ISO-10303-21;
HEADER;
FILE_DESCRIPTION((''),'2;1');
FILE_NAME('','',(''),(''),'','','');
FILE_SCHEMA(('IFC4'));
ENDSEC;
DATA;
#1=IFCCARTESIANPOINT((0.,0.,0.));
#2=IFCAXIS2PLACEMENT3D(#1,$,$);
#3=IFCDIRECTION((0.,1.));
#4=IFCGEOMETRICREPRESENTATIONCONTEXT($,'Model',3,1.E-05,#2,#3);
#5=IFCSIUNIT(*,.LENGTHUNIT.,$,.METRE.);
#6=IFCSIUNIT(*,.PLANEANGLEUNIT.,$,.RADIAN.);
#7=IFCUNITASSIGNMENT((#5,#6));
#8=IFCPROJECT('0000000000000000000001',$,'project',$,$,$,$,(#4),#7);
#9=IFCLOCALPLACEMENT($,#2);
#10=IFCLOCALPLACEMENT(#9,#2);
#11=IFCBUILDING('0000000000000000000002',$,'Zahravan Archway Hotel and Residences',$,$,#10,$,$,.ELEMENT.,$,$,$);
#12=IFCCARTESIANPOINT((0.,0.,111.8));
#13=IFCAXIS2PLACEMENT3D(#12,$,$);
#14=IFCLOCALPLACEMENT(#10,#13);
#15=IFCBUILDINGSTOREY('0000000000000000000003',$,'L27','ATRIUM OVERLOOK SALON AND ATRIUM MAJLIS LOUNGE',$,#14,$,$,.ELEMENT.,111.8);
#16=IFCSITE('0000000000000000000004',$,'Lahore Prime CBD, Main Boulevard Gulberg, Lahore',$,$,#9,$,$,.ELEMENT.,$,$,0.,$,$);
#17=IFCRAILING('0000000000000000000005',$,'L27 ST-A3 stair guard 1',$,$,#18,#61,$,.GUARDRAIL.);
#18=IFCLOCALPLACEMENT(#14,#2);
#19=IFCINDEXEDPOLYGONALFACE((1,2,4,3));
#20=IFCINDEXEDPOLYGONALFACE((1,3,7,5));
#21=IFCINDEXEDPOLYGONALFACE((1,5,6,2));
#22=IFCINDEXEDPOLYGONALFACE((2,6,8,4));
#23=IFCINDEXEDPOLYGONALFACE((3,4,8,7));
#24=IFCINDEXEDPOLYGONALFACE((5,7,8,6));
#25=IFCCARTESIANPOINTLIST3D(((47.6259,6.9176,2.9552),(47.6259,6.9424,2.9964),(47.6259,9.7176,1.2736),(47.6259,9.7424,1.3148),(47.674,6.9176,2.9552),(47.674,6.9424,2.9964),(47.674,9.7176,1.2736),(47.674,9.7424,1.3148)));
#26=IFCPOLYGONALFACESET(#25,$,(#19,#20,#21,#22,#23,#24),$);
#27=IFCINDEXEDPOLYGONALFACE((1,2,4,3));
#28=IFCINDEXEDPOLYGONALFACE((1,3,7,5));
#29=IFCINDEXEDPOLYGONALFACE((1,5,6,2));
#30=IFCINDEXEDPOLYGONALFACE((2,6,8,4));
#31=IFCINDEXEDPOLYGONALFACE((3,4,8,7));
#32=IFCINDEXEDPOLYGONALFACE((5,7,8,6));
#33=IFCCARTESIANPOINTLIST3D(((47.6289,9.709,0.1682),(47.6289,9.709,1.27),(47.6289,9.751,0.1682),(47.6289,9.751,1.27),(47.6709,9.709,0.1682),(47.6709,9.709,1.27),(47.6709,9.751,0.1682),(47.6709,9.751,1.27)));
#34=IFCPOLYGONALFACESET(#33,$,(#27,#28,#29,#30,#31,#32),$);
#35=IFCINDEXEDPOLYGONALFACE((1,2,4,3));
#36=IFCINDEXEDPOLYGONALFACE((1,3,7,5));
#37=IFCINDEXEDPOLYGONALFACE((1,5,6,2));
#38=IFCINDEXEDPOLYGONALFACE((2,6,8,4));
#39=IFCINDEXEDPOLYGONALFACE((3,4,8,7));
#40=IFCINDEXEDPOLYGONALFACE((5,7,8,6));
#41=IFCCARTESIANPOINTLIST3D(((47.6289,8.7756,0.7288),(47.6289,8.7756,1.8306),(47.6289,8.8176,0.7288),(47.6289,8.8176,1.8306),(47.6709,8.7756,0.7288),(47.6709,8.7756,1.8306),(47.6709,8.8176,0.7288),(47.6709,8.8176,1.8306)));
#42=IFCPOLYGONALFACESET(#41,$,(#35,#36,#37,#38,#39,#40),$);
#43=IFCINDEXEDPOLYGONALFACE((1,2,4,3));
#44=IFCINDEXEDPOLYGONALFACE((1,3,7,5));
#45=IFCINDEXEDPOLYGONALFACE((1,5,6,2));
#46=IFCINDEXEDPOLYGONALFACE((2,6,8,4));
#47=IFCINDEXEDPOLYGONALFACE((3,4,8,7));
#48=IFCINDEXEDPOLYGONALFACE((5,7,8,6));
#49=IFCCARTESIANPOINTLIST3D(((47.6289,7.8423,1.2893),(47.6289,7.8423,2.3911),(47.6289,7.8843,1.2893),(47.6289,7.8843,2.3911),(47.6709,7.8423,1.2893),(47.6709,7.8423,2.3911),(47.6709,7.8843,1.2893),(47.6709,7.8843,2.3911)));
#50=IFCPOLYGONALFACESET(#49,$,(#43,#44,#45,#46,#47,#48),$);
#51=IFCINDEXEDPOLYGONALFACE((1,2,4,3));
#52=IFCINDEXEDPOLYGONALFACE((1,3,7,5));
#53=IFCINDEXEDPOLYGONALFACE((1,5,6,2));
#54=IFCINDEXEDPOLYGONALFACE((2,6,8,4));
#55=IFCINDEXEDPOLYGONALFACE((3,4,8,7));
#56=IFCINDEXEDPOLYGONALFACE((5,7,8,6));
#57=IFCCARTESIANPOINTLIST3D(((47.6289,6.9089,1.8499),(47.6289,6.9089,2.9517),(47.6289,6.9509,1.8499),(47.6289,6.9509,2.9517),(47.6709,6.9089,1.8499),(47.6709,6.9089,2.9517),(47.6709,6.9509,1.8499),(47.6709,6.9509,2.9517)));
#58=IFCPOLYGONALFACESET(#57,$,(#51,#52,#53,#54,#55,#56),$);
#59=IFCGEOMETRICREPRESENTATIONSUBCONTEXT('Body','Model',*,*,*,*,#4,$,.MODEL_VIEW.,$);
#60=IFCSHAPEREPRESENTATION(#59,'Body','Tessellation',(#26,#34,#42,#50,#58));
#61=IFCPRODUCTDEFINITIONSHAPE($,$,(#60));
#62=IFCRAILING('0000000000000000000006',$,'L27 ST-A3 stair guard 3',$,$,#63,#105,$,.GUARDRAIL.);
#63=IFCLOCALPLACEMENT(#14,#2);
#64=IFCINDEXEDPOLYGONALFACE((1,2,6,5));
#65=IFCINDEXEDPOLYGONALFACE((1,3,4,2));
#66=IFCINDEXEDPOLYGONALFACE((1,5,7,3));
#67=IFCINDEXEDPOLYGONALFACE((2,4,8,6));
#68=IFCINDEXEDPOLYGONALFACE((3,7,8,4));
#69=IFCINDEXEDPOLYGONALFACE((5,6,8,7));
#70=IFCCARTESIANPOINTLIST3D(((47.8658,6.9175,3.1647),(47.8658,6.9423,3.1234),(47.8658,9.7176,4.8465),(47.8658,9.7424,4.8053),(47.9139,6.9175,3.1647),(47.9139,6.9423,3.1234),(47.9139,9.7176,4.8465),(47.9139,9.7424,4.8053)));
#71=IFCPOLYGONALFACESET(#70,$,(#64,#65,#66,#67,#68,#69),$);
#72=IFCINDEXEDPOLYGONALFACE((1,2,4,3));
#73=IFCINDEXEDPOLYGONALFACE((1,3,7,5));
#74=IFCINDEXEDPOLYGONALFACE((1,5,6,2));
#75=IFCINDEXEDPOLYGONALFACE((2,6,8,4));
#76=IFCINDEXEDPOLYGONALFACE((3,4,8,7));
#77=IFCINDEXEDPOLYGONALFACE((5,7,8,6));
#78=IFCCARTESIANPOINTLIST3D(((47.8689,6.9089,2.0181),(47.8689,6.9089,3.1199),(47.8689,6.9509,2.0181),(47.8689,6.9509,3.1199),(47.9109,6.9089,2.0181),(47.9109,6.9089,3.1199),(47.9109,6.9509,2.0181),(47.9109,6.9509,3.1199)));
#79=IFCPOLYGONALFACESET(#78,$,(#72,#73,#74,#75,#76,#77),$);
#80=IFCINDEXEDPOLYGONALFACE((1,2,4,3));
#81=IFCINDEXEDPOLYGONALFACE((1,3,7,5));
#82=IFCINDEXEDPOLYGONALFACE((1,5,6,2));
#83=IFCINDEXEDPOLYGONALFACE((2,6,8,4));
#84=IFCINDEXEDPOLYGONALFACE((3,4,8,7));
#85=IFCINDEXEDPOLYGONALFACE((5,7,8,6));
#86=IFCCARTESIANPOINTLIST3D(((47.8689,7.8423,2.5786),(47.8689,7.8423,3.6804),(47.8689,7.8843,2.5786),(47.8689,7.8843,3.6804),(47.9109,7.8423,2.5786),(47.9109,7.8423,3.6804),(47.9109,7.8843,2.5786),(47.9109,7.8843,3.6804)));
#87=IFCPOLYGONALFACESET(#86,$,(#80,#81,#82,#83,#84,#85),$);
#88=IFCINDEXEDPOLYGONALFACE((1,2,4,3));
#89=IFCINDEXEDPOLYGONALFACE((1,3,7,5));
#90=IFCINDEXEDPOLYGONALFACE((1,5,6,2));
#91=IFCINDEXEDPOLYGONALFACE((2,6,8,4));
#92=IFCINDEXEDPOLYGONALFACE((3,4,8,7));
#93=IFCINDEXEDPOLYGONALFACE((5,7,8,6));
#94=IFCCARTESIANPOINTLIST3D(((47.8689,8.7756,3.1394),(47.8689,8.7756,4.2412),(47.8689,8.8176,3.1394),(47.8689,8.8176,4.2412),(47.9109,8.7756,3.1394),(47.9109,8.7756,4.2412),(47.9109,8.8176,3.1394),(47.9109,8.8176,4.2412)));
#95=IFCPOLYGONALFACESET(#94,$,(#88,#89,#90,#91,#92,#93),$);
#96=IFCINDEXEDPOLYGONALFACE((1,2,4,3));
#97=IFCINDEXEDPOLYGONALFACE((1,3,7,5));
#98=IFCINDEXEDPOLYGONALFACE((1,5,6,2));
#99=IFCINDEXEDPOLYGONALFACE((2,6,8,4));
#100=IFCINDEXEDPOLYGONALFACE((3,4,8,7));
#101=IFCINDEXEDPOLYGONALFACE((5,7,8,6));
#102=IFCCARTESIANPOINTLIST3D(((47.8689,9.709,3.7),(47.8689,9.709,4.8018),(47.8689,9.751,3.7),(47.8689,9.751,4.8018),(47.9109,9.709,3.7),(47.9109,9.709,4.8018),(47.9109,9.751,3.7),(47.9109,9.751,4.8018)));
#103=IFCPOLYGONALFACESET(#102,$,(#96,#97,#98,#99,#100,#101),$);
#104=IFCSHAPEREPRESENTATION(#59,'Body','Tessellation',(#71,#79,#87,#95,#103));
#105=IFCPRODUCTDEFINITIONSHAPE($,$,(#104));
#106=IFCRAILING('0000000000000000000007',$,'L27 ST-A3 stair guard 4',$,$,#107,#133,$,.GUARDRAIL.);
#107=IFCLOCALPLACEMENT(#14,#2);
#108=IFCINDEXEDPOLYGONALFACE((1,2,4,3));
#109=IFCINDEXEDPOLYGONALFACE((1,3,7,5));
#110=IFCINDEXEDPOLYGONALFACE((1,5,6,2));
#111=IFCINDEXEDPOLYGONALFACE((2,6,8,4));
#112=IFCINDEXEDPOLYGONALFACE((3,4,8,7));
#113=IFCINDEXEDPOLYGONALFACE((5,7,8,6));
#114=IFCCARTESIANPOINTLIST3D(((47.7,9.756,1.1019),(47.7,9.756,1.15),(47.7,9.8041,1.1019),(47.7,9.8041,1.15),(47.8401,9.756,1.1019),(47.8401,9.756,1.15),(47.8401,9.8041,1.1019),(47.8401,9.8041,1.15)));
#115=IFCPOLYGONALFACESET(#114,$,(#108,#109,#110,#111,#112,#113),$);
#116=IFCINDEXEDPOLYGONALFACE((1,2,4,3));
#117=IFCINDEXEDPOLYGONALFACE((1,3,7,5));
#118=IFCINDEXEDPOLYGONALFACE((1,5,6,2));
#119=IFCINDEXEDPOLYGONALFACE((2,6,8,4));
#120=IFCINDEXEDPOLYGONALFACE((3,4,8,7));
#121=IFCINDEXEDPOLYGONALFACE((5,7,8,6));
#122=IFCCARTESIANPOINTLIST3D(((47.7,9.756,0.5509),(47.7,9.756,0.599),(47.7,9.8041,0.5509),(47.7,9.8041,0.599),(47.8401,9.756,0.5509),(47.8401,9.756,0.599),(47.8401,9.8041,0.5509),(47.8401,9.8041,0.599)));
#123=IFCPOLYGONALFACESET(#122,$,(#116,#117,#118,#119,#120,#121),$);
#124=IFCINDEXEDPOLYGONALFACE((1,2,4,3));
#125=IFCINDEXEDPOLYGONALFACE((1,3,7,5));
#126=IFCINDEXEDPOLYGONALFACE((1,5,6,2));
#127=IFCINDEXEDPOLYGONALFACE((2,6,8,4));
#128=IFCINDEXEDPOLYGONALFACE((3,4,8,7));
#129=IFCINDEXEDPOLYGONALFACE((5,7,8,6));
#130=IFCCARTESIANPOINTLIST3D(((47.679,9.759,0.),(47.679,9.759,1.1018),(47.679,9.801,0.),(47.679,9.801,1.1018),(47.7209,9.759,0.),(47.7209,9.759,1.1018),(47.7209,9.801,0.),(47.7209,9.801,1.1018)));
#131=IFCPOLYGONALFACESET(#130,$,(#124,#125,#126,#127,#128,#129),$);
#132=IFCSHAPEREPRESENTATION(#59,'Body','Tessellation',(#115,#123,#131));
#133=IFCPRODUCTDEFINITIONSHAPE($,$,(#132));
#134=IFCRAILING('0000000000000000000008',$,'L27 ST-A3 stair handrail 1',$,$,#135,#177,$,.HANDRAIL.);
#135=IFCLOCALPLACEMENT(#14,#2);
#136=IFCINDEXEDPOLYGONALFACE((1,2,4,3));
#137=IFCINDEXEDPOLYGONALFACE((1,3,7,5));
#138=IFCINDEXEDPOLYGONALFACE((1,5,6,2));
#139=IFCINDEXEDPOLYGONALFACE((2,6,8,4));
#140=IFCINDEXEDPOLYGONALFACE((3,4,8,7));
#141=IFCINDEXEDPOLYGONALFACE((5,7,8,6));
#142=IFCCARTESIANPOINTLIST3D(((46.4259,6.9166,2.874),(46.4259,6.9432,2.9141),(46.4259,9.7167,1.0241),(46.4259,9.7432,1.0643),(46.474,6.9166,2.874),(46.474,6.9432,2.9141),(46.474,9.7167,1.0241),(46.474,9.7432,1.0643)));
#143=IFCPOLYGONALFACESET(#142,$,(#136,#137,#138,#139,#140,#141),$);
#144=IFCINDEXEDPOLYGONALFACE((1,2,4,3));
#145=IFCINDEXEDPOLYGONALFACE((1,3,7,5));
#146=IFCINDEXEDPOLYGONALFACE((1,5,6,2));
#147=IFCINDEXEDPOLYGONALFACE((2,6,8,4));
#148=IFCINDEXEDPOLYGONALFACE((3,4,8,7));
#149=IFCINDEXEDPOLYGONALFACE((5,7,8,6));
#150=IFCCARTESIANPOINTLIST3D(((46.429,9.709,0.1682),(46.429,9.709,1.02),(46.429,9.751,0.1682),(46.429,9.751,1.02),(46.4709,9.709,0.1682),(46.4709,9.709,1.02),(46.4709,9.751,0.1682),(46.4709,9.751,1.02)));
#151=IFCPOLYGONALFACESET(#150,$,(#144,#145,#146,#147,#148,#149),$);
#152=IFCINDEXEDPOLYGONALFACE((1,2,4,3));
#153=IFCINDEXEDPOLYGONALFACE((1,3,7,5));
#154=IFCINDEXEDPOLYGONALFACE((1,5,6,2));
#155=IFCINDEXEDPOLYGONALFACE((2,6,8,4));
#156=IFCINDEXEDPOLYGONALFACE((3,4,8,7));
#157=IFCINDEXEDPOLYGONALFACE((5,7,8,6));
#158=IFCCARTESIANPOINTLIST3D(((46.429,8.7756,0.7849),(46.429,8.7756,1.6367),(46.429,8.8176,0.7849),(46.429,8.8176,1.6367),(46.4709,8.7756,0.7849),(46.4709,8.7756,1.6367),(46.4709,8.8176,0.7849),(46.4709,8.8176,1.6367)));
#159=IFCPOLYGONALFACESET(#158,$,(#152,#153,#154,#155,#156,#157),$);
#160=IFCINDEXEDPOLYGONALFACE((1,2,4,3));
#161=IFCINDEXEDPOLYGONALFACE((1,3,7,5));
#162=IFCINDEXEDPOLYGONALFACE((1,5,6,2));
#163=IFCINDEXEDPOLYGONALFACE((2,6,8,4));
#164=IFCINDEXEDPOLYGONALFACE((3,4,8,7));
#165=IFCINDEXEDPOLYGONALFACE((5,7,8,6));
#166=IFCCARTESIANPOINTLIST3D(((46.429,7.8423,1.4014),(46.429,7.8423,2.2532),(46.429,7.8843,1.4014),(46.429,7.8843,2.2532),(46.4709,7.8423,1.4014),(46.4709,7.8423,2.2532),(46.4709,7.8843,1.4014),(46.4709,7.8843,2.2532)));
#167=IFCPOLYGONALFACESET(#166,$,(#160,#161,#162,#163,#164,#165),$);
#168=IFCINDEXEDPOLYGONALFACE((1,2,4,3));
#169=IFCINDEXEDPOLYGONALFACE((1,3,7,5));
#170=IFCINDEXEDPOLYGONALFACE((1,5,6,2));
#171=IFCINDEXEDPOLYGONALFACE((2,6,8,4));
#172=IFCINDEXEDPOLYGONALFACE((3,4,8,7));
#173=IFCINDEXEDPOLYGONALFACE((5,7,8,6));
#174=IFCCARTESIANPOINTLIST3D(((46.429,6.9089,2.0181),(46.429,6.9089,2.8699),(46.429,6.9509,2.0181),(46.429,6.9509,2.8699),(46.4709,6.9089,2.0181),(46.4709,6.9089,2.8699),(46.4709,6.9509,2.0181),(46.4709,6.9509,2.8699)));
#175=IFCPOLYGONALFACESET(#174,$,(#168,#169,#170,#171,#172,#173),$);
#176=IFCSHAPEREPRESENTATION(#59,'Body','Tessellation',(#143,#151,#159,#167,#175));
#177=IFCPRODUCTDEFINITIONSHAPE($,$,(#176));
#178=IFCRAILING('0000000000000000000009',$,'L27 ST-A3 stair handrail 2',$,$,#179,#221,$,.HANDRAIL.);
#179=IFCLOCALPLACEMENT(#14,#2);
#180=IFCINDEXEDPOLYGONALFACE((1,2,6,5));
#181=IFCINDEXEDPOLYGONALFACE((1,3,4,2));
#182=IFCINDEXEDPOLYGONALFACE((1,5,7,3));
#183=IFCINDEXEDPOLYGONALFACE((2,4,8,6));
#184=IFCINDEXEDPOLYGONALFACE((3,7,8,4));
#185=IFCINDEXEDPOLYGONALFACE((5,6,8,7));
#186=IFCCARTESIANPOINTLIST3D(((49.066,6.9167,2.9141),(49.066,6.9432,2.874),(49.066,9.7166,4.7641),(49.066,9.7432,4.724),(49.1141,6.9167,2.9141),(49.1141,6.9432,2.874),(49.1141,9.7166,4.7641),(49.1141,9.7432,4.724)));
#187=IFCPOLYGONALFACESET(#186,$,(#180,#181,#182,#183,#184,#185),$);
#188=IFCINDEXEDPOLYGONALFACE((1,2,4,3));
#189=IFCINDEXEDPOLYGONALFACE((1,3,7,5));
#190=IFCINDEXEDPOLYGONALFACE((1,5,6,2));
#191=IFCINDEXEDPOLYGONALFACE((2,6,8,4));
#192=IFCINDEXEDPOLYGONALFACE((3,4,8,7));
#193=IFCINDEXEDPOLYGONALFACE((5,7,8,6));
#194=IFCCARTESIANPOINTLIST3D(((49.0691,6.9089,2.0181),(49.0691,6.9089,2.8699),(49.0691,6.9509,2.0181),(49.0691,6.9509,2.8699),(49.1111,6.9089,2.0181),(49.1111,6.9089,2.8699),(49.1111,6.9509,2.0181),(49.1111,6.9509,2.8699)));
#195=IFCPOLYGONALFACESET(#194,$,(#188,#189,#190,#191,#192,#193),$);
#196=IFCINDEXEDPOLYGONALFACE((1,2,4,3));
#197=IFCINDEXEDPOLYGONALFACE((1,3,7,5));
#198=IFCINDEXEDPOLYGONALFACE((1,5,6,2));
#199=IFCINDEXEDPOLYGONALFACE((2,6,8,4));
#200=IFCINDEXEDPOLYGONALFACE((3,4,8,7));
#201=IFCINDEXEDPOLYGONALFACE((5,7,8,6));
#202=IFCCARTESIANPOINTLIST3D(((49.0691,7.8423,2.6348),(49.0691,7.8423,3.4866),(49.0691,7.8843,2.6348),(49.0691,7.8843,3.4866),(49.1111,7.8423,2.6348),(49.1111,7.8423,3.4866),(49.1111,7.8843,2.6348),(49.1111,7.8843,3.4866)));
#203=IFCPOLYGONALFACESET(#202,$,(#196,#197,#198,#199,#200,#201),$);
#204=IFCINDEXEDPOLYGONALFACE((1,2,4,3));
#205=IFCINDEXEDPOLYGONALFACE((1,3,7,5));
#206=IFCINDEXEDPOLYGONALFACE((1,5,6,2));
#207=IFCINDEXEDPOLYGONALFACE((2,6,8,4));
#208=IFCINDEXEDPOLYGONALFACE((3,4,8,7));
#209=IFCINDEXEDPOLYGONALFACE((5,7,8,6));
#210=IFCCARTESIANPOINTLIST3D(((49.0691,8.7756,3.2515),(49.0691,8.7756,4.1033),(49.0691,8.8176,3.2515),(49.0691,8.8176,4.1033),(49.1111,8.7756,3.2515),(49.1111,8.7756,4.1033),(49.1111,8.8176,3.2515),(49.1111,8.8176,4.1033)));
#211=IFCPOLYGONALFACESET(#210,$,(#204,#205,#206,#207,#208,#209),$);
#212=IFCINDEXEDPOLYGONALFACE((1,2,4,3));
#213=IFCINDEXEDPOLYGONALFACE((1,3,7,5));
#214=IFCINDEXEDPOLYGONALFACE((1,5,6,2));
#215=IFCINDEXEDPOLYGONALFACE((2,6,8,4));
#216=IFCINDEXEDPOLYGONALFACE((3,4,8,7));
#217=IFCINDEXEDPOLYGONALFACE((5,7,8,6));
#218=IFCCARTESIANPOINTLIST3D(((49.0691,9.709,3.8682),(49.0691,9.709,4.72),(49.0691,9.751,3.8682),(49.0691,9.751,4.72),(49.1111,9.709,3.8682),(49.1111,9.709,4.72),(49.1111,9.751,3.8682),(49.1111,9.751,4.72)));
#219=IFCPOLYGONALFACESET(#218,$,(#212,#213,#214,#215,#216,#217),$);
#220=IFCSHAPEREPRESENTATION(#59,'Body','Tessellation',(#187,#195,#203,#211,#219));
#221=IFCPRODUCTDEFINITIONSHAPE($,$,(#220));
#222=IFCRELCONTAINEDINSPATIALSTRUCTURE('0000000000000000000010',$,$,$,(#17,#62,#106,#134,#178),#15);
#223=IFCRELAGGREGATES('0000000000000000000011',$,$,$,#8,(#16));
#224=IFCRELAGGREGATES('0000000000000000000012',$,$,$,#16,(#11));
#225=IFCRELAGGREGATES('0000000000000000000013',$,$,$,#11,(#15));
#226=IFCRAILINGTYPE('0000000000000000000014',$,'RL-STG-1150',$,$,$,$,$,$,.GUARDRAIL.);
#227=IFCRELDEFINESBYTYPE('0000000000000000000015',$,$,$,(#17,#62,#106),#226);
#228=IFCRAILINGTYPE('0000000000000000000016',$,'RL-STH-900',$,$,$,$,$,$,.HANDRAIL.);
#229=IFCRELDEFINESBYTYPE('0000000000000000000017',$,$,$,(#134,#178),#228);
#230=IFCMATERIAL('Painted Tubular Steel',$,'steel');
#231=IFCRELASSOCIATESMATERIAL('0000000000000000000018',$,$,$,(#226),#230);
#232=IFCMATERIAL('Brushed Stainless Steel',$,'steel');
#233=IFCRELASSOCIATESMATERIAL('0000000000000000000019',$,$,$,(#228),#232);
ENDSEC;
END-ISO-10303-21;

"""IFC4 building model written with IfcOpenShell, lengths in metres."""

from ifc_helpers import new_model, si_unit, direction, frame, origin, origin_2d, place, context, subcontext, project, spatial, rectangle, extrude, material, type_object, element, save


model = new_model("IFC4")

# Units and contexts
model_context = context("Model", 3, precision=1e-05, world=origin(), true_north=direction((0.0, 1.0)))
body_context = subcontext(model_context, "Body", "Model", "MODEL_VIEW")
ifc_project = project(units=[si_unit("LENGTHUNIT", "METRE"), si_unit("PLANEANGLEUNIT", "RADIAN")], contexts=[model_context])

# Site, building, storey
site_placement = place(None, origin())
site = spatial("IfcSite", under=ifc_project, at=site_placement, Name="Lahore Prime CBD, Main Boulevard Gulberg, Lahore", CompositionType="ELEMENT", RefElevation=0.0)
building_placement = place(site_placement, origin())
building = spatial("IfcBuilding", under=site, at=building_placement, Name="Zahravan Archway Hotel and Residences", CompositionType="ELEMENT")
storey_placement = place(building_placement, frame((0.0, 0.0, 111.8)))
storey = spatial("IfcBuildingStorey", under=building, at=storey_placement, Name="L27", Description="ATRIUM OVERLOOK SALON AND ATRIUM MAJLIS LOUNGE", CompositionType="ELEMENT", Elevation=111.8)

# Railings
ifc_material_1 = material(Name="Painted Tubular Steel", Category="steel")
railing_type_1 = type_object("IfcRailingType", Name="RL-STG-1150", PredefinedType="GUARDRAIL", material=ifc_material_1)
railing_1_placement = place(storey_placement, frame((47.6499, 9.73, 0.1682)))
element("IfcRailing", 1, at=railing_1_placement, inside=storey, type_object=railing_type_1, Name="L27 ST-A3 stair guard 1", PredefinedType="GUARDRAIL", context=body_context, shape_type="SweptSolid", body=[
    extrude(rectangle(XDim=0.0481, YDim=0.0481, at=origin_2d()), frame((0.0, 0.0, 1.126), z_axis=(0.0, -0.857275, 0.514858), x_axis=(1.0, 0.0, 0.0)), (0.0, 0.0, 1.0), 3.2661),
    extrude(rectangle(XDim=0.042, YDim=0.042, at=origin_2d()), origin(), (0.0, 0.0, 1.0), 1.1018),
    extrude(rectangle(XDim=0.042, YDim=0.042, at=origin_2d()), frame((0.0, -0.9333, 0.5605)), (0.0, 0.0, 1.0), 1.1018),
    extrude(rectangle(XDim=0.042, YDim=0.042, at=origin_2d()), frame((0.0, -1.8667, 1.1211)), (0.0, 0.0, 1.0), 1.1018),
    extrude(rectangle(XDim=0.042, YDim=0.042, at=origin_2d()), frame((0.0, -2.8, 1.6816)), (0.0, 0.0, 1.0), 1.1018),
])
railing_2_placement = place(storey_placement, frame((47.8899, 6.9299, 2.0181)))
element("IfcRailing", 2, at=railing_2_placement, inside=storey, type_object=railing_type_1, Name="L27 ST-A3 stair guard 3", PredefinedType="GUARDRAIL", context=body_context, shape_type="SweptSolid", body=[
    extrude(rectangle(XDim=0.0481, YDim=0.0481, at=origin_2d()), frame((0.0, 0.0, 1.126), z_axis=(0.0, 0.857242, 0.514913), x_axis=(-1.0, 0.0, 0.0)), (0.0, 0.0, 1.0), 3.2664),
    extrude(rectangle(XDim=0.042, YDim=0.042, at=origin_2d()), origin(), (0.0, 0.0, 1.0), 1.1018),
    extrude(rectangle(XDim=0.042, YDim=0.042, at=origin_2d()), frame((0.0, 0.9333, 0.5605)), (0.0, 0.0, 1.0), 1.1018),
    extrude(rectangle(XDim=0.042, YDim=0.042, at=origin_2d()), frame((0.0, 1.8667, 1.1213)), (0.0, 0.0, 1.0), 1.1018),
    extrude(rectangle(XDim=0.042, YDim=0.042, at=origin_2d()), frame((0.0, 2.8, 1.6819)), (0.0, 0.0, 1.0), 1.1018),
])
railing_3_placement = place(storey_placement, frame((47.7, 9.78, 0.0)))
element("IfcRailing", 3, at=railing_3_placement, inside=storey, type_object=railing_type_1, Name="L27 ST-A3 stair guard 4", PredefinedType="GUARDRAIL", context=body_context, shape_type="SweptSolid", body=[
    extrude(rectangle(XDim=0.0481, YDim=0.0481, at=origin_2d()), frame((0.0, 0.0, 1.126), z_axis=(1.0, 0.0, 0.0), x_axis=(0.0, 1.0, 0.0)), (0.0, 0.0, 1.0), 0.1401),
    extrude(rectangle(XDim=0.0481, YDim=0.0481, at=origin_2d()), frame((0.0, 0.0, 0.575), z_axis=(1.0, 0.0, 0.0), x_axis=(0.0, 1.0, 0.0)), (0.0, 0.0, 1.0), 0.1401),
    extrude(rectangle(XDim=0.042, YDim=0.042, at=origin_2d()), origin(), (0.0, 0.0, 1.0), 1.1018),
])
ifc_material_2 = material(Name="Brushed Stainless Steel", Category="steel")
railing_type_2 = type_object("IfcRailingType", Name="RL-STH-900", PredefinedType="HANDRAIL", material=ifc_material_2)
railing_4_placement = place(storey_placement, frame((46.45, 9.73, 0.1682)))
element("IfcRailing", 4, at=railing_4_placement, inside=storey, type_object=railing_type_2, Name="L27 ST-A3 stair handrail 1", PredefinedType="HANDRAIL", context=body_context, shape_type="SweptSolid", body=[
    extrude(rectangle(XDim=0.0481, YDim=0.0481, at=origin_2d()), frame((0.0, 0.0, 0.876), z_axis=(0.0, -0.83436, 0.55122), x_axis=(1.0, 0.0, 0.0)), (0.0, 0.0, 1.0), 3.356),
    extrude(rectangle(XDim=0.042, YDim=0.042, at=origin_2d()), origin(), (0.0, 0.0, 1.0), 0.8518),
    extrude(rectangle(XDim=0.042, YDim=0.042, at=origin_2d()), frame((0.0, -0.9333, 0.6167)), (0.0, 0.0, 1.0), 0.8518),
    extrude(rectangle(XDim=0.042, YDim=0.042, at=origin_2d()), frame((0.0, -1.8667, 1.2332)), (0.0, 0.0, 1.0), 0.8518),
    extrude(rectangle(XDim=0.042, YDim=0.042, at=origin_2d()), frame((0.0, -2.8, 1.8499)), (0.0, 0.0, 1.0), 0.8518),
])
railing_5_placement = place(storey_placement, frame((49.0901, 6.9299, 2.0181)))
element("IfcRailing", 5, at=railing_5_placement, inside=storey, type_object=railing_type_2, Name="L27 ST-A3 stair handrail 2", PredefinedType="HANDRAIL", context=body_context, shape_type="SweptSolid", body=[
    extrude(rectangle(XDim=0.0481, YDim=0.0481, at=origin_2d()), frame((0.0, 0.0, 0.876), z_axis=(0.0, 0.834326, 0.551271), x_axis=(-1.0, 0.0, 0.0)), (0.0, 0.0, 1.0), 3.356),
    extrude(rectangle(XDim=0.042, YDim=0.042, at=origin_2d()), origin(), (0.0, 0.0, 1.0), 0.8518),
    extrude(rectangle(XDim=0.042, YDim=0.042, at=origin_2d()), frame((0.0, 0.9333, 0.6167)), (0.0, 0.0, 1.0), 0.8518),
    extrude(rectangle(XDim=0.042, YDim=0.042, at=origin_2d()), frame((0.0, 1.8667, 1.2334)), (0.0, 0.0, 1.0), 0.8518),
    extrude(rectangle(XDim=0.042, YDim=0.042, at=origin_2d()), frame((0.0, 2.8, 1.8501)), (0.0, 0.0, 1.0), 0.8518),
])

save(model, "model.ifc")
